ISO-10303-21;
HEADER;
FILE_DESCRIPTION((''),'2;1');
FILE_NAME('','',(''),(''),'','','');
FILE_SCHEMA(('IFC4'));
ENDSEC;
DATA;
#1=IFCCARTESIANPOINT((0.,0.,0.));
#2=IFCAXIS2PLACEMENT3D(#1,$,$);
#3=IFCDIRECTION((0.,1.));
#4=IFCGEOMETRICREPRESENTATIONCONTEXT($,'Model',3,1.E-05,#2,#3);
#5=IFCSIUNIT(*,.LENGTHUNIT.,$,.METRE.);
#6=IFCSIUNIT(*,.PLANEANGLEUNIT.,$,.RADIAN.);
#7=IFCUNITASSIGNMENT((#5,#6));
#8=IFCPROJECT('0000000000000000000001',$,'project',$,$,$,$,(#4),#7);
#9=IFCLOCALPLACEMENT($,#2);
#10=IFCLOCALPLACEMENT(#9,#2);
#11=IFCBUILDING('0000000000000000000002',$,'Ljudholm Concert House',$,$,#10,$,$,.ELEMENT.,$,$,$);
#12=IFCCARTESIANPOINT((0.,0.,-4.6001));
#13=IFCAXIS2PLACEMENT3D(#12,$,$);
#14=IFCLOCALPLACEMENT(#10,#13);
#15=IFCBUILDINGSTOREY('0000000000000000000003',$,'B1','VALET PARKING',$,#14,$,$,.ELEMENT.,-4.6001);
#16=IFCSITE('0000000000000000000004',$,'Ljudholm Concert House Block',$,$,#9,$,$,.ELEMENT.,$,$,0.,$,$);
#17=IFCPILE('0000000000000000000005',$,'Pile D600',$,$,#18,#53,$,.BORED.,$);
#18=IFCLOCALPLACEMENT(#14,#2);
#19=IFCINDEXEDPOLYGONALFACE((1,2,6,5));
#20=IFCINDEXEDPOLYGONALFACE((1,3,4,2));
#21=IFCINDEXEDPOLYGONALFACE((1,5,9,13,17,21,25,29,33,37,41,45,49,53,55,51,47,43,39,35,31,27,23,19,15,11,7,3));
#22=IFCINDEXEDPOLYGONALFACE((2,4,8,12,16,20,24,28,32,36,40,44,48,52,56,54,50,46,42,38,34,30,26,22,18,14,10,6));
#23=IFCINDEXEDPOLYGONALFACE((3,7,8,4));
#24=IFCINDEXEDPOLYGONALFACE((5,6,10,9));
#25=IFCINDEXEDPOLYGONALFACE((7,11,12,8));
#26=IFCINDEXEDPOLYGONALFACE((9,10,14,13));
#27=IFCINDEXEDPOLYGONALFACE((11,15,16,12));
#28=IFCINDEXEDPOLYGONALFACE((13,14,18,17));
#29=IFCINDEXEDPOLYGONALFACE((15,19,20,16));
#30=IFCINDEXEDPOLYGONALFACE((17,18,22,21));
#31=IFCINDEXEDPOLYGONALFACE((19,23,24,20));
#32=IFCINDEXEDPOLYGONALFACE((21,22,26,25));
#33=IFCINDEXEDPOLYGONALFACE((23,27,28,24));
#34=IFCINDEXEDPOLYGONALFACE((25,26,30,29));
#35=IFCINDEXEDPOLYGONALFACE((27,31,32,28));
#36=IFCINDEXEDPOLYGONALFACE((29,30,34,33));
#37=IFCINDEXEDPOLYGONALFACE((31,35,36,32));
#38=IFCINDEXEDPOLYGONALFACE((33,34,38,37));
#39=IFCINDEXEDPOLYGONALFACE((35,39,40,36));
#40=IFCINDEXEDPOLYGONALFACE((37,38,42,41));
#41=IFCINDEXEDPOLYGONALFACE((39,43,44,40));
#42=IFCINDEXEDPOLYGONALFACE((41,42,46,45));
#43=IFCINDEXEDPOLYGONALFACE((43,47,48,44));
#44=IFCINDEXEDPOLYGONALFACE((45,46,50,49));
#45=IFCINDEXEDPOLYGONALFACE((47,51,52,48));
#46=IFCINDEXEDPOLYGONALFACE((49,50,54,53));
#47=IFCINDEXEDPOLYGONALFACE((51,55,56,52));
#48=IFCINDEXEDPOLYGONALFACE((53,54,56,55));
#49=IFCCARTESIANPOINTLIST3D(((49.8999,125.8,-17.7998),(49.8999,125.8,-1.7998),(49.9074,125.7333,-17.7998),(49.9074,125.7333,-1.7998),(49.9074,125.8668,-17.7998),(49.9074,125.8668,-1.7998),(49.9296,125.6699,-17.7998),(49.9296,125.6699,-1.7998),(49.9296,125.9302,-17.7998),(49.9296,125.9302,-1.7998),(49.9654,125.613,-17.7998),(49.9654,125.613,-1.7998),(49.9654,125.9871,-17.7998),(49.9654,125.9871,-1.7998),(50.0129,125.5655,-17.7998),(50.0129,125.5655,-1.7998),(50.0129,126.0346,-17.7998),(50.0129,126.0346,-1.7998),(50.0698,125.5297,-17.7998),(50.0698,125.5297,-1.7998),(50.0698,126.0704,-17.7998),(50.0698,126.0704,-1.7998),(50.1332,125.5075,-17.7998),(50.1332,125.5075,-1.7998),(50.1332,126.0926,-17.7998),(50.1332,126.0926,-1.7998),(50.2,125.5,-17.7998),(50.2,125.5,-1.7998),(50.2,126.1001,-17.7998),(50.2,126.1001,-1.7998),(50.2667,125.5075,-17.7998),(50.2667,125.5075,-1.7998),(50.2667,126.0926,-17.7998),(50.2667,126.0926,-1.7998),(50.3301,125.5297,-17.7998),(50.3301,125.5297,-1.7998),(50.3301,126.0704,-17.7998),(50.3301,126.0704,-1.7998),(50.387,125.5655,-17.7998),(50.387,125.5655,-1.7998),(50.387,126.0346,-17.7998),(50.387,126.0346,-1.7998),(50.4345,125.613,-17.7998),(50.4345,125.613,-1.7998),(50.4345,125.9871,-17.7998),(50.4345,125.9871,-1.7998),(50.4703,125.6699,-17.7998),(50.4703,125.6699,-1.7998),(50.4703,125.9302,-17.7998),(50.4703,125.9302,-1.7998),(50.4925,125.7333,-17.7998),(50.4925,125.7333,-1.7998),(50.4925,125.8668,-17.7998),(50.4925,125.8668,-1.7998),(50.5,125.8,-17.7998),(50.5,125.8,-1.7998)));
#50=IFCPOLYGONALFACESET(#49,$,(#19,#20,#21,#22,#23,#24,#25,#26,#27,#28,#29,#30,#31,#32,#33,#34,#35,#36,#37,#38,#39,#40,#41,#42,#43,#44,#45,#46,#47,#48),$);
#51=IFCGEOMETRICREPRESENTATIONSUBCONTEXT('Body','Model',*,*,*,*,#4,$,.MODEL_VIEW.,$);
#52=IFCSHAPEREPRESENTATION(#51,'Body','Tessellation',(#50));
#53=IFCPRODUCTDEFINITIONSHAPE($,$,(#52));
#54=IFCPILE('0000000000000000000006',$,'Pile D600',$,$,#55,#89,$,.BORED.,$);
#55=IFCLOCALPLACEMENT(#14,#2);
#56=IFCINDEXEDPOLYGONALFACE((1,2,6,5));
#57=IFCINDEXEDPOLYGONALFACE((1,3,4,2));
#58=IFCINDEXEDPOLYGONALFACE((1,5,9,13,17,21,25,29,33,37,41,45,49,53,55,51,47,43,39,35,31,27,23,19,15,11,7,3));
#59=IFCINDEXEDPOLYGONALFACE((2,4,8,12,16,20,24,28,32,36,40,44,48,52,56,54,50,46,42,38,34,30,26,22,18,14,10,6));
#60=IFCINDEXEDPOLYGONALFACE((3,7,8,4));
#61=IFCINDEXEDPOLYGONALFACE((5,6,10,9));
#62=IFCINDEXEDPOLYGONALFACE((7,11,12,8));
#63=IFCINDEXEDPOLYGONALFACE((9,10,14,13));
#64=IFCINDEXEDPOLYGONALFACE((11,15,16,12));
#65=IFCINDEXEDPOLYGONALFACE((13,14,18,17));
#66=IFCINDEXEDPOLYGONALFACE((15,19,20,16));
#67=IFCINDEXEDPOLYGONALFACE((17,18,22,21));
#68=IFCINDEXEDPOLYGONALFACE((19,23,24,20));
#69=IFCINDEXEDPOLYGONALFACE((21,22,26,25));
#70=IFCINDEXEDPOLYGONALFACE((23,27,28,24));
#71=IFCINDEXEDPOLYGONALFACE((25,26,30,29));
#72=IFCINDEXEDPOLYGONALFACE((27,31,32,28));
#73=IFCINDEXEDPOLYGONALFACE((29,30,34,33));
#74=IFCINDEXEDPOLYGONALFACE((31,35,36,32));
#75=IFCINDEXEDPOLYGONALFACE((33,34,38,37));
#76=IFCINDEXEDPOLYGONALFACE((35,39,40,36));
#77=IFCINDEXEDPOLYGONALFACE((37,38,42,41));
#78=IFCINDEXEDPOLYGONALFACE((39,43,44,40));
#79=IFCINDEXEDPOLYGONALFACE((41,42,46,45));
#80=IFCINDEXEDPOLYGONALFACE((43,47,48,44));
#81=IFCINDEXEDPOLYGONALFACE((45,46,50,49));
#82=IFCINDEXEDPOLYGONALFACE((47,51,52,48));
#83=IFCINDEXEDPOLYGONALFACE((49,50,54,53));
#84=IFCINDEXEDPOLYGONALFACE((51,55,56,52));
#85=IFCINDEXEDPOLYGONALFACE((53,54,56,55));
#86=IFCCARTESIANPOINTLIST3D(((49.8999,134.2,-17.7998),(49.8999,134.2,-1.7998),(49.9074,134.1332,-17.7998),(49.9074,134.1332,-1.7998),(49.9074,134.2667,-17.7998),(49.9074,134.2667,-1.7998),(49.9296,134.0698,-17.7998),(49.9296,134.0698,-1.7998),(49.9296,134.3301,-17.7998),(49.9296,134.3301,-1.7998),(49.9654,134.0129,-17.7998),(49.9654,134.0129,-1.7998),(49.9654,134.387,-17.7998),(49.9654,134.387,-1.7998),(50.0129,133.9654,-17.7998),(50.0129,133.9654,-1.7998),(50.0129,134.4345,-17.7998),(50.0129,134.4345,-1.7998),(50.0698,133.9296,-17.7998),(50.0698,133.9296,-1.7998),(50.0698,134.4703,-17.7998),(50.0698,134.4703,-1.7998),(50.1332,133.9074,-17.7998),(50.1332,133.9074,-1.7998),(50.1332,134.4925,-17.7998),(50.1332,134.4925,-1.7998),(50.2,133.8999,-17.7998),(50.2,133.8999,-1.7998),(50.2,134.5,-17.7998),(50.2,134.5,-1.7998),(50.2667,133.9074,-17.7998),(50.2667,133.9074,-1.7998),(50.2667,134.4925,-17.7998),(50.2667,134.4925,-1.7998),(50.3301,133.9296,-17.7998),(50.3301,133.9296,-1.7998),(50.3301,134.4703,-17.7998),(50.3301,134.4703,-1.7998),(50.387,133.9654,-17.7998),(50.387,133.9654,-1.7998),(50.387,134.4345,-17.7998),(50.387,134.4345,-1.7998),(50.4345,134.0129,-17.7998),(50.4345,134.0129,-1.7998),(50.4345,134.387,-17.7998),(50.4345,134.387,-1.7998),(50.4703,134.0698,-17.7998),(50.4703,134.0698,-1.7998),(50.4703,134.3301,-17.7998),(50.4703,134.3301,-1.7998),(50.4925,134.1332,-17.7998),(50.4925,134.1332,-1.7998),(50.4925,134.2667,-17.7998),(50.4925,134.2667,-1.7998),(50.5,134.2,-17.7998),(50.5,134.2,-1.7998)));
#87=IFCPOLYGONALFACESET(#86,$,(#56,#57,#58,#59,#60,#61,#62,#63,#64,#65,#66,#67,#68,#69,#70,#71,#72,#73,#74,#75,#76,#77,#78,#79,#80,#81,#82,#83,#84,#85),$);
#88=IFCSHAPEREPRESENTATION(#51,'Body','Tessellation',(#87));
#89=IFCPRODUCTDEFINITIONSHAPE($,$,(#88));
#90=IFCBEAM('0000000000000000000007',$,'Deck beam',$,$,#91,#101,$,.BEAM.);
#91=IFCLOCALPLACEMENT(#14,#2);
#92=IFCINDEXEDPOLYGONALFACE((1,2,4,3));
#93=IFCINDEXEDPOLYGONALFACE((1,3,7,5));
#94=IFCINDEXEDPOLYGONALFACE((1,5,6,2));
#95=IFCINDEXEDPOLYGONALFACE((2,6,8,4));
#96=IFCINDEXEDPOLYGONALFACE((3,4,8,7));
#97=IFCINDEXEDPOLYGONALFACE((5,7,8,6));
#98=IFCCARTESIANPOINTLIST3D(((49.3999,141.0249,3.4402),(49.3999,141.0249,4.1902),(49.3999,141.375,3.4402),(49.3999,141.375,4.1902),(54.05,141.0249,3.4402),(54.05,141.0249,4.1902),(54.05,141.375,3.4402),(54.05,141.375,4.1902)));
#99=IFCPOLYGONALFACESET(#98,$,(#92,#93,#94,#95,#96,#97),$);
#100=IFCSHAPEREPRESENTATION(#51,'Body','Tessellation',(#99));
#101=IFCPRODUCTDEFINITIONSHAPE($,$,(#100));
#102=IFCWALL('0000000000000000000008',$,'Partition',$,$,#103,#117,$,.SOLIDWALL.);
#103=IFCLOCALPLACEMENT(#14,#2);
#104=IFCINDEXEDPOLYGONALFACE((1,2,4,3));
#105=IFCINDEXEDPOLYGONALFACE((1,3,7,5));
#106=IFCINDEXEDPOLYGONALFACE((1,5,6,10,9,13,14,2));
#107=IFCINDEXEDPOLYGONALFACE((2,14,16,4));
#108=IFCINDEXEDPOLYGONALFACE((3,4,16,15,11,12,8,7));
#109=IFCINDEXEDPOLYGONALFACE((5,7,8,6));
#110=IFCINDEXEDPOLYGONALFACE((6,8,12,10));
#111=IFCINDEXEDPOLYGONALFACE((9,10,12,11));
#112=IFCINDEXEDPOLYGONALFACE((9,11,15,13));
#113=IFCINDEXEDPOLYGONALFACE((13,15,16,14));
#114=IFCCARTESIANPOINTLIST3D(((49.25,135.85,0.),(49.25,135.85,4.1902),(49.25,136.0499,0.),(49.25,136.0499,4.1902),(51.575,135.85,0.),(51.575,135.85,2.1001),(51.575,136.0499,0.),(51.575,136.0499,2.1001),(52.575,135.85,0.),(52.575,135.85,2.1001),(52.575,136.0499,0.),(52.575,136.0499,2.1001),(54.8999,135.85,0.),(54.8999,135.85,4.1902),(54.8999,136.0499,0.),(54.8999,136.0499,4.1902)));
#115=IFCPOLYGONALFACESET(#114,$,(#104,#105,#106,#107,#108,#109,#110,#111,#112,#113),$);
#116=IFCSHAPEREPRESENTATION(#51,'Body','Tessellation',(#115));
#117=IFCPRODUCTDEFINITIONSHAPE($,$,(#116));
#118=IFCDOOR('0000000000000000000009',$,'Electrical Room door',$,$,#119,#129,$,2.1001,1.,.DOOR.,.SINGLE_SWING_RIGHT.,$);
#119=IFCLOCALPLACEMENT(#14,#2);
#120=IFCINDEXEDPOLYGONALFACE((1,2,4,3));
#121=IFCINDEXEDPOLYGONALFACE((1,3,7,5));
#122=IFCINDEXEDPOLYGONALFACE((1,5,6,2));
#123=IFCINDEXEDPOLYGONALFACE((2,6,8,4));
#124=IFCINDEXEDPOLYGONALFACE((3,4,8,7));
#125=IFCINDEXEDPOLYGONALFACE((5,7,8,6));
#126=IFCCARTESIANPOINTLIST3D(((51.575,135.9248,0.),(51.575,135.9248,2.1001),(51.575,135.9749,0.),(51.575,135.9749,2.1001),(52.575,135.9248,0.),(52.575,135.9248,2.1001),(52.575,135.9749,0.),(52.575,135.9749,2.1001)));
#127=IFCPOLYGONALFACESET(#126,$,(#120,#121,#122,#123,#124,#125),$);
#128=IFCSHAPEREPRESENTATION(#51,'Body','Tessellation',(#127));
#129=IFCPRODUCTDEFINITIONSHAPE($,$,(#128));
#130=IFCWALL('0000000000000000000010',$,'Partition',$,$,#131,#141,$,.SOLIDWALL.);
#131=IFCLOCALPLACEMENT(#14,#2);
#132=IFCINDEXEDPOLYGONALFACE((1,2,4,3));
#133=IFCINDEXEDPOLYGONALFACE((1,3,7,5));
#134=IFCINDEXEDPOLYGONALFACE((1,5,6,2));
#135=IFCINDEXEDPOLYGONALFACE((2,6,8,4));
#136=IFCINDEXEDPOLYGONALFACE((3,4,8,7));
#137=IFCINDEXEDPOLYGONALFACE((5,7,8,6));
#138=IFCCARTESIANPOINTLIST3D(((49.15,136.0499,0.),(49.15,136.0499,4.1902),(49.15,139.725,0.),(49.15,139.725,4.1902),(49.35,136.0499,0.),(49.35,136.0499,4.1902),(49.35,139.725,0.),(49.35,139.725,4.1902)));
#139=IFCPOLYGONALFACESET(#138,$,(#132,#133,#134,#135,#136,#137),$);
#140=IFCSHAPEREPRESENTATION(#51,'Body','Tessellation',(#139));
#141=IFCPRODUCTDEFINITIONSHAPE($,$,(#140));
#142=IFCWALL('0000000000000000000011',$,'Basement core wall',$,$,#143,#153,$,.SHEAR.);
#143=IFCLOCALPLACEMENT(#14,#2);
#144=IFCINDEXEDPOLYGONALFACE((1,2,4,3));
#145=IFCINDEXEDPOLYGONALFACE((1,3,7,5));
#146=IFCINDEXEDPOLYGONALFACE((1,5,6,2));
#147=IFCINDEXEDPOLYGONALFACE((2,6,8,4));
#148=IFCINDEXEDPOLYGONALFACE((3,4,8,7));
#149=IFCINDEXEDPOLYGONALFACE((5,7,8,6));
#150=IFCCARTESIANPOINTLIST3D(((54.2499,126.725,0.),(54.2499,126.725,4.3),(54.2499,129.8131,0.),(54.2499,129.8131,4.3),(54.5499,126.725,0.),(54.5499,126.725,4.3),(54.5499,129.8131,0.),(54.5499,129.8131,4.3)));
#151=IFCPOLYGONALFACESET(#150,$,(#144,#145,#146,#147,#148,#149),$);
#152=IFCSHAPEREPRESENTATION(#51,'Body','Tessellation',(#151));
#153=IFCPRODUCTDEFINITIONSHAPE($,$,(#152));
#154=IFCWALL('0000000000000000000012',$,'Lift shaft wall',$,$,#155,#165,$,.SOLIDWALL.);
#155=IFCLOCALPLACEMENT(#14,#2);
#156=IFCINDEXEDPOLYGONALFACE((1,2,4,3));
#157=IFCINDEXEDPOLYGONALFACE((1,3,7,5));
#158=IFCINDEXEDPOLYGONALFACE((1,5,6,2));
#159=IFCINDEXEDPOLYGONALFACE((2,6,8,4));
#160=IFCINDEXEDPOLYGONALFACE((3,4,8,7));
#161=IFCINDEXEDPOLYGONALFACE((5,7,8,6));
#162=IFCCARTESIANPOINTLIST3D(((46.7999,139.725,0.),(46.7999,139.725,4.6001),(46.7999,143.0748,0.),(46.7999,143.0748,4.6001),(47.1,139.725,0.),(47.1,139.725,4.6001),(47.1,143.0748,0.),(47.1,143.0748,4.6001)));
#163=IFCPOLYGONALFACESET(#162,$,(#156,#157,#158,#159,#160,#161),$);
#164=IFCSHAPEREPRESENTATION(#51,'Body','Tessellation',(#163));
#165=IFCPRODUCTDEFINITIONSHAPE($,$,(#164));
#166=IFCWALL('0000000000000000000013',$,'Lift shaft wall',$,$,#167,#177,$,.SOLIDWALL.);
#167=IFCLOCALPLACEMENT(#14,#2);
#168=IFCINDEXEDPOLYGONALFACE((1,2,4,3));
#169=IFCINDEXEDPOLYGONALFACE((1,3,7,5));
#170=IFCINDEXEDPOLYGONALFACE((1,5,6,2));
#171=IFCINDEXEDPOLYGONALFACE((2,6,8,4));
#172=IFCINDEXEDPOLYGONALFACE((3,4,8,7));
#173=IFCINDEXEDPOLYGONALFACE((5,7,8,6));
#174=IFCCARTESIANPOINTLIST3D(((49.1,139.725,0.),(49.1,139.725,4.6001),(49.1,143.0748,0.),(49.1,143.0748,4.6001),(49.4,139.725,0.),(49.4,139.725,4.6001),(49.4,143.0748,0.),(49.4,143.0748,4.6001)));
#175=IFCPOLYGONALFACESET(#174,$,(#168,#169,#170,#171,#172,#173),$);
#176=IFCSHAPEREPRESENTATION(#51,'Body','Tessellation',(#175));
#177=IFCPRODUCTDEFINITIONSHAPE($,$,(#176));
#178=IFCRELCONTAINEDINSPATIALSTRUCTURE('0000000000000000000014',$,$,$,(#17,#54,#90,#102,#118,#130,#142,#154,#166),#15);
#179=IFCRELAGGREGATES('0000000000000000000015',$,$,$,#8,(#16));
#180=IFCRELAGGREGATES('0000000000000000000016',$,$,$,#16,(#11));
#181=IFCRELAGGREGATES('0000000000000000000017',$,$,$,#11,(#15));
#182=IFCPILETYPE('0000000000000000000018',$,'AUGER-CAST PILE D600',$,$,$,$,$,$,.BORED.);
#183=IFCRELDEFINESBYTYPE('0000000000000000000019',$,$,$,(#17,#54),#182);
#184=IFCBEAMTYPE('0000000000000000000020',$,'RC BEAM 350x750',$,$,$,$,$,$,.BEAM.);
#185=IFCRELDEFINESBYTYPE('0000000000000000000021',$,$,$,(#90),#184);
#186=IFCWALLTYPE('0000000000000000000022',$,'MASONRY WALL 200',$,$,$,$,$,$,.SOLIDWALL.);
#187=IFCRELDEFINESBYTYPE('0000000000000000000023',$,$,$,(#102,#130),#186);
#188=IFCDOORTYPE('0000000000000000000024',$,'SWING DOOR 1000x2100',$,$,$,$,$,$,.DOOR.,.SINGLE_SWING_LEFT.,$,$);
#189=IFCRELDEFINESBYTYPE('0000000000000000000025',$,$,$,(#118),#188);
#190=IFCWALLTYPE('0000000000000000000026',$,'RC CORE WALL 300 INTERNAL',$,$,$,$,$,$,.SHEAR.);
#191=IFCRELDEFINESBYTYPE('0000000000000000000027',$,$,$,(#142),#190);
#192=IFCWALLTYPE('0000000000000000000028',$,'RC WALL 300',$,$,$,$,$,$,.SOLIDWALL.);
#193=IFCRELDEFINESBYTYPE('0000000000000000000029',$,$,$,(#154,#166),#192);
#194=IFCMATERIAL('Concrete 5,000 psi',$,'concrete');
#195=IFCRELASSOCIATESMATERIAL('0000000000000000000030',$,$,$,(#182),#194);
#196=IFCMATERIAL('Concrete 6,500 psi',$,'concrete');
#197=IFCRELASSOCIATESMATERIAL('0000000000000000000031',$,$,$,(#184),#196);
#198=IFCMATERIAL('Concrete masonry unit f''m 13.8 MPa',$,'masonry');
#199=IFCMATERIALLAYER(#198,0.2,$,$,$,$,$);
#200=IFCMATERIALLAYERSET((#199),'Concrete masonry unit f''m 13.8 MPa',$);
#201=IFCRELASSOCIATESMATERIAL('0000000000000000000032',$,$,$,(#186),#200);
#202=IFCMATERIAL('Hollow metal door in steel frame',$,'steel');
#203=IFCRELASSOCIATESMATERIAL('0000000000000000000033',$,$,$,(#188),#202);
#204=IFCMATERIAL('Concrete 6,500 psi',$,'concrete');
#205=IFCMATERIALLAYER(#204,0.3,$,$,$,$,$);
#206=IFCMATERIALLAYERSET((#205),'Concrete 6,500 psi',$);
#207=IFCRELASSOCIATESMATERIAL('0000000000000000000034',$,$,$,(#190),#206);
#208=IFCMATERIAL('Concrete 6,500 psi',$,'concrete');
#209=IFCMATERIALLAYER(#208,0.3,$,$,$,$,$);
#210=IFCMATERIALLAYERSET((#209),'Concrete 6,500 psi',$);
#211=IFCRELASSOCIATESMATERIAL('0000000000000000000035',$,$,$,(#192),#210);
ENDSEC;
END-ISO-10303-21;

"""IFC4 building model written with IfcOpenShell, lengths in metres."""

from ifc_helpers import new_model, si_unit, direction, frame, frame_2d, origin, origin_2d, place, context, subcontext, project, spatial, rectangle, circle, extrude, material, layer, layer_set, material_profile, profile_set, type_object, element, fill, save


model = new_model("IFC4")

# Units and contexts
model_context = context("Model", 3, precision=1e-05, world=origin(), true_north=direction((0.0, 1.0)))
body_context = subcontext(model_context, "Body", "Model", "MODEL_VIEW")
ifc_project = project(units=[si_unit("LENGTHUNIT", "METRE"), si_unit("PLANEANGLEUNIT", "RADIAN")], contexts=[model_context])

# Site, building, storey
site_placement = place(None, origin())
site = spatial("IfcSite", under=ifc_project, at=site_placement, Name="Ljudholm Concert House Block", CompositionType="ELEMENT", RefElevation=0.0)
building_placement = place(site_placement, origin())
building = spatial("IfcBuilding", under=site, at=building_placement, Name="Ljudholm Concert House", CompositionType="ELEMENT")
storey_placement = place(building_placement, frame((0.0, 0.0, -4.6001)))
storey = spatial("IfcBuildingStorey", under=building, at=storey_placement, Name="B1", Description="VALET PARKING", CompositionType="ELEMENT", Elevation=-4.6001)

# Piles
ifc_material_1 = material(Name="Concrete 5,000 psi", Category="concrete")
ifc_material_profile_1 = material_profile(ifc_material_1, circle(Radius=0.3, at=origin_2d()), Name="AUGER-CAST PILE D600")
ifc_profile_set_1 = profile_set([ifc_material_profile_1], Name="Concrete 5,000 psi")
pile_type = type_object("IfcPileType", Name="AUGER-CAST PILE D600", PredefinedType="BORED", material=ifc_profile_set_1)
for number, where, z_axis, x_axis, name in (
    (1, (50.2, 125.8, -1.7998), (0.0, 0.0, -1.0), (1.0, 0.0, 0.0), "Pile D600"),
    (2, (50.2, 134.2, -1.7998), (0.0, 0.0, -1.0), (1.0, 0.0, 0.0), "Pile D600"),
):
    element("IfcPile", number, at=place(storey_placement, frame(where, z_axis=z_axis, x_axis=x_axis)), inside=storey, type_object=pile_type, Name=name, PredefinedType="BORED", context=body_context, shape_type="SweptSolid", body=[
        extrude(circle(Radius=0.3, at=origin_2d()), origin(), (0.0, 0.0, 1.0), 16.0),
    ])

# Beam
ifc_material_2 = material(Name="Concrete 6,500 psi", Category="concrete")
ifc_material_profile_2 = material_profile(ifc_material_2, rectangle(XDim=0.3501, YDim=0.75, at=origin_2d()), Name="RC BEAM 350x750")
ifc_profile_set_2 = profile_set([ifc_material_profile_2], Name="Concrete 6,500 psi")
beam_type = type_object("IfcBeamType", Name="RC BEAM 350x750", PredefinedType="BEAM", material=ifc_profile_set_2)
beam_placement = place(storey_placement, frame((49.3999, 141.2, 3.8152), z_axis=(1.0, 0.0, 0.0), x_axis=(0.0, 1.0, 0.0)))
element("IfcBeam", 3, at=beam_placement, inside=storey, type_object=beam_type, Name="Deck beam", PredefinedType="BEAM", context=body_context, shape_type="SweptSolid", body=[
    extrude(rectangle(XDim=0.3501, YDim=0.75, at=origin_2d()), origin(), (0.0, 0.0, 1.0), 4.6501),
])

# Wall, opening, door
ifc_material_3 = material(Name="Concrete masonry unit f'm 13.8 MPa", Category="masonry")
ifc_layer_1 = layer(ifc_material_3, 0.2)
ifc_layer_set_1 = layer_set([ifc_layer_1], Name="Concrete masonry unit f'm 13.8 MPa")
wall_type_1 = type_object("IfcWallType", Name="MASONRY WALL 200", PredefinedType="SOLIDWALL", material=ifc_layer_set_1)
wall_1_placement = place(storey_placement, frame((49.25, 135.95, 0.0), z_axis=(0.0, 0.0, 1.0), x_axis=(1.0, 0.0, 0.0)))
wall_1 = element("IfcWall", 4, at=wall_1_placement, inside=storey, type_object=wall_type_1, Name="Partition", PredefinedType="SOLIDWALL", context=body_context, shape_type="SweptSolid", body=[
    extrude(rectangle(XDim=5.6499, YDim=0.2, at=frame_2d((2.825, 0.0))), origin(), (0.0, 0.0, 1.0), 4.1902),
])
opening_1_placement = place(wall_1_placement, frame((2.325, 0.0, 0.0)))
opening_1 = element("IfcOpeningElement", 5, at=opening_1_placement, cuts=wall_1, PredefinedType="OPENING", context=body_context, shape_type="SweptSolid", body=[
    extrude(rectangle(XDim=1.0, YDim=2.1001, at=frame_2d((0.5, 1.05))), frame((0.0, 0.1099, 0.0), z_axis=(0.0, -1.0, 0.0), x_axis=(1.0, 0.0, 0.0)), (0.0, 0.0, 1.0), 0.22),
])
ifc_material_4 = material(Name="Hollow metal door in steel frame", Category="steel")
door_type_1 = type_object("IfcDoorType", Name="SWING DOOR 1000x2100", OperationType="SINGLE_SWING_LEFT", PredefinedType="DOOR", material=ifc_material_4)
door_1_placement = place(opening_1_placement, origin())
door_1 = element("IfcDoor", 6, at=door_1_placement, inside=storey, type_object=door_type_1, Name="Electrical Room door", OperationType="SINGLE_SWING_RIGHT", OverallHeight=2.1001, OverallWidth=1.0, PredefinedType="DOOR", context=body_context, shape_type="SweptSolid", body=[
    extrude(rectangle(XDim=1.0, YDim=2.1001, at=frame_2d((0.5, 1.05))), frame((0.0, 0.0249, 0.0), z_axis=(0.0, -1.0, 0.0), x_axis=(1.0, 0.0, 0.0)), (0.0, 0.0, 1.0), 0.05),
])
fill(opening_1, door_1)

# Walls
wall_2_placement = place(storey_placement, frame((49.25, 136.05, 0.0), z_axis=(0.0, 0.0, 1.0), x_axis=(0.0, 1.0, 0.0)))
element("IfcWall", 7, at=wall_2_placement, inside=storey, type_object=wall_type_1, Name="Partition", PredefinedType="SOLIDWALL", context=body_context, shape_type="SweptSolid", body=[
    extrude(rectangle(XDim=3.675, YDim=0.2, at=frame_2d((1.8374, 0.0))), origin(), (0.0, 0.0, 1.0), 4.1902),
])
ifc_material_5 = material(Name="Concrete 6,500 psi", Category="concrete")
ifc_layer_2 = layer(ifc_material_5, 0.3)
ifc_layer_set_2 = layer_set([ifc_layer_2], Name="Concrete 6,500 psi")
wall_type_2 = type_object("IfcWallType", Name="RC CORE WALL 300 INTERNAL", PredefinedType="SHEAR", material=ifc_layer_set_2)
wall_3_placement = place(storey_placement, frame((54.3999, 126.7251, 0.0), z_axis=(0.0, 0.0, 1.0), x_axis=(0.0, 1.0, 0.0)))
element("IfcWall", 8, at=wall_3_placement, inside=storey, type_object=wall_type_2, Name="Basement core wall", PredefinedType="SHEAR", context=body_context, shape_type="SweptSolid", body=[
    extrude(rectangle(XDim=3.0881, YDim=0.3, at=frame_2d((1.5439, 0.0))), origin(), (0.0, 0.0, 1.0), 4.3),
])
ifc_material_6 = material(Name="Concrete 6,500 psi", Category="concrete")
ifc_layer_3 = layer(ifc_material_6, 0.3)
ifc_layer_set_3 = layer_set([ifc_layer_3], Name="Concrete 6,500 psi")
wall_type_3 = type_object("IfcWallType", Name="RC WALL 300", PredefinedType="SOLIDWALL", material=ifc_layer_set_3)
for number, where, z_axis, x_axis, name in (
    (9, (46.95, 139.7251, 0.0), (0.0, 0.0, 1.0), (0.0, 1.0, 0.0), "Lift shaft wall"),
    (10, (49.25, 139.7251, 0.0), (0.0, 0.0, 1.0), (0.0, 1.0, 0.0), "Lift shaft wall"),
):
    element("IfcWall", number, at=place(storey_placement, frame(where, z_axis=z_axis, x_axis=x_axis)), inside=storey, type_object=wall_type_3, Name=name, PredefinedType="SOLIDWALL", context=body_context, shape_type="SweptSolid", body=[
        extrude(rectangle(XDim=3.3499, YDim=0.3, at=frame_2d((1.6748, 0.0))), origin(), (0.0, 0.0, 1.0), 4.6001),
    ])

save(model, "model.ifc")
